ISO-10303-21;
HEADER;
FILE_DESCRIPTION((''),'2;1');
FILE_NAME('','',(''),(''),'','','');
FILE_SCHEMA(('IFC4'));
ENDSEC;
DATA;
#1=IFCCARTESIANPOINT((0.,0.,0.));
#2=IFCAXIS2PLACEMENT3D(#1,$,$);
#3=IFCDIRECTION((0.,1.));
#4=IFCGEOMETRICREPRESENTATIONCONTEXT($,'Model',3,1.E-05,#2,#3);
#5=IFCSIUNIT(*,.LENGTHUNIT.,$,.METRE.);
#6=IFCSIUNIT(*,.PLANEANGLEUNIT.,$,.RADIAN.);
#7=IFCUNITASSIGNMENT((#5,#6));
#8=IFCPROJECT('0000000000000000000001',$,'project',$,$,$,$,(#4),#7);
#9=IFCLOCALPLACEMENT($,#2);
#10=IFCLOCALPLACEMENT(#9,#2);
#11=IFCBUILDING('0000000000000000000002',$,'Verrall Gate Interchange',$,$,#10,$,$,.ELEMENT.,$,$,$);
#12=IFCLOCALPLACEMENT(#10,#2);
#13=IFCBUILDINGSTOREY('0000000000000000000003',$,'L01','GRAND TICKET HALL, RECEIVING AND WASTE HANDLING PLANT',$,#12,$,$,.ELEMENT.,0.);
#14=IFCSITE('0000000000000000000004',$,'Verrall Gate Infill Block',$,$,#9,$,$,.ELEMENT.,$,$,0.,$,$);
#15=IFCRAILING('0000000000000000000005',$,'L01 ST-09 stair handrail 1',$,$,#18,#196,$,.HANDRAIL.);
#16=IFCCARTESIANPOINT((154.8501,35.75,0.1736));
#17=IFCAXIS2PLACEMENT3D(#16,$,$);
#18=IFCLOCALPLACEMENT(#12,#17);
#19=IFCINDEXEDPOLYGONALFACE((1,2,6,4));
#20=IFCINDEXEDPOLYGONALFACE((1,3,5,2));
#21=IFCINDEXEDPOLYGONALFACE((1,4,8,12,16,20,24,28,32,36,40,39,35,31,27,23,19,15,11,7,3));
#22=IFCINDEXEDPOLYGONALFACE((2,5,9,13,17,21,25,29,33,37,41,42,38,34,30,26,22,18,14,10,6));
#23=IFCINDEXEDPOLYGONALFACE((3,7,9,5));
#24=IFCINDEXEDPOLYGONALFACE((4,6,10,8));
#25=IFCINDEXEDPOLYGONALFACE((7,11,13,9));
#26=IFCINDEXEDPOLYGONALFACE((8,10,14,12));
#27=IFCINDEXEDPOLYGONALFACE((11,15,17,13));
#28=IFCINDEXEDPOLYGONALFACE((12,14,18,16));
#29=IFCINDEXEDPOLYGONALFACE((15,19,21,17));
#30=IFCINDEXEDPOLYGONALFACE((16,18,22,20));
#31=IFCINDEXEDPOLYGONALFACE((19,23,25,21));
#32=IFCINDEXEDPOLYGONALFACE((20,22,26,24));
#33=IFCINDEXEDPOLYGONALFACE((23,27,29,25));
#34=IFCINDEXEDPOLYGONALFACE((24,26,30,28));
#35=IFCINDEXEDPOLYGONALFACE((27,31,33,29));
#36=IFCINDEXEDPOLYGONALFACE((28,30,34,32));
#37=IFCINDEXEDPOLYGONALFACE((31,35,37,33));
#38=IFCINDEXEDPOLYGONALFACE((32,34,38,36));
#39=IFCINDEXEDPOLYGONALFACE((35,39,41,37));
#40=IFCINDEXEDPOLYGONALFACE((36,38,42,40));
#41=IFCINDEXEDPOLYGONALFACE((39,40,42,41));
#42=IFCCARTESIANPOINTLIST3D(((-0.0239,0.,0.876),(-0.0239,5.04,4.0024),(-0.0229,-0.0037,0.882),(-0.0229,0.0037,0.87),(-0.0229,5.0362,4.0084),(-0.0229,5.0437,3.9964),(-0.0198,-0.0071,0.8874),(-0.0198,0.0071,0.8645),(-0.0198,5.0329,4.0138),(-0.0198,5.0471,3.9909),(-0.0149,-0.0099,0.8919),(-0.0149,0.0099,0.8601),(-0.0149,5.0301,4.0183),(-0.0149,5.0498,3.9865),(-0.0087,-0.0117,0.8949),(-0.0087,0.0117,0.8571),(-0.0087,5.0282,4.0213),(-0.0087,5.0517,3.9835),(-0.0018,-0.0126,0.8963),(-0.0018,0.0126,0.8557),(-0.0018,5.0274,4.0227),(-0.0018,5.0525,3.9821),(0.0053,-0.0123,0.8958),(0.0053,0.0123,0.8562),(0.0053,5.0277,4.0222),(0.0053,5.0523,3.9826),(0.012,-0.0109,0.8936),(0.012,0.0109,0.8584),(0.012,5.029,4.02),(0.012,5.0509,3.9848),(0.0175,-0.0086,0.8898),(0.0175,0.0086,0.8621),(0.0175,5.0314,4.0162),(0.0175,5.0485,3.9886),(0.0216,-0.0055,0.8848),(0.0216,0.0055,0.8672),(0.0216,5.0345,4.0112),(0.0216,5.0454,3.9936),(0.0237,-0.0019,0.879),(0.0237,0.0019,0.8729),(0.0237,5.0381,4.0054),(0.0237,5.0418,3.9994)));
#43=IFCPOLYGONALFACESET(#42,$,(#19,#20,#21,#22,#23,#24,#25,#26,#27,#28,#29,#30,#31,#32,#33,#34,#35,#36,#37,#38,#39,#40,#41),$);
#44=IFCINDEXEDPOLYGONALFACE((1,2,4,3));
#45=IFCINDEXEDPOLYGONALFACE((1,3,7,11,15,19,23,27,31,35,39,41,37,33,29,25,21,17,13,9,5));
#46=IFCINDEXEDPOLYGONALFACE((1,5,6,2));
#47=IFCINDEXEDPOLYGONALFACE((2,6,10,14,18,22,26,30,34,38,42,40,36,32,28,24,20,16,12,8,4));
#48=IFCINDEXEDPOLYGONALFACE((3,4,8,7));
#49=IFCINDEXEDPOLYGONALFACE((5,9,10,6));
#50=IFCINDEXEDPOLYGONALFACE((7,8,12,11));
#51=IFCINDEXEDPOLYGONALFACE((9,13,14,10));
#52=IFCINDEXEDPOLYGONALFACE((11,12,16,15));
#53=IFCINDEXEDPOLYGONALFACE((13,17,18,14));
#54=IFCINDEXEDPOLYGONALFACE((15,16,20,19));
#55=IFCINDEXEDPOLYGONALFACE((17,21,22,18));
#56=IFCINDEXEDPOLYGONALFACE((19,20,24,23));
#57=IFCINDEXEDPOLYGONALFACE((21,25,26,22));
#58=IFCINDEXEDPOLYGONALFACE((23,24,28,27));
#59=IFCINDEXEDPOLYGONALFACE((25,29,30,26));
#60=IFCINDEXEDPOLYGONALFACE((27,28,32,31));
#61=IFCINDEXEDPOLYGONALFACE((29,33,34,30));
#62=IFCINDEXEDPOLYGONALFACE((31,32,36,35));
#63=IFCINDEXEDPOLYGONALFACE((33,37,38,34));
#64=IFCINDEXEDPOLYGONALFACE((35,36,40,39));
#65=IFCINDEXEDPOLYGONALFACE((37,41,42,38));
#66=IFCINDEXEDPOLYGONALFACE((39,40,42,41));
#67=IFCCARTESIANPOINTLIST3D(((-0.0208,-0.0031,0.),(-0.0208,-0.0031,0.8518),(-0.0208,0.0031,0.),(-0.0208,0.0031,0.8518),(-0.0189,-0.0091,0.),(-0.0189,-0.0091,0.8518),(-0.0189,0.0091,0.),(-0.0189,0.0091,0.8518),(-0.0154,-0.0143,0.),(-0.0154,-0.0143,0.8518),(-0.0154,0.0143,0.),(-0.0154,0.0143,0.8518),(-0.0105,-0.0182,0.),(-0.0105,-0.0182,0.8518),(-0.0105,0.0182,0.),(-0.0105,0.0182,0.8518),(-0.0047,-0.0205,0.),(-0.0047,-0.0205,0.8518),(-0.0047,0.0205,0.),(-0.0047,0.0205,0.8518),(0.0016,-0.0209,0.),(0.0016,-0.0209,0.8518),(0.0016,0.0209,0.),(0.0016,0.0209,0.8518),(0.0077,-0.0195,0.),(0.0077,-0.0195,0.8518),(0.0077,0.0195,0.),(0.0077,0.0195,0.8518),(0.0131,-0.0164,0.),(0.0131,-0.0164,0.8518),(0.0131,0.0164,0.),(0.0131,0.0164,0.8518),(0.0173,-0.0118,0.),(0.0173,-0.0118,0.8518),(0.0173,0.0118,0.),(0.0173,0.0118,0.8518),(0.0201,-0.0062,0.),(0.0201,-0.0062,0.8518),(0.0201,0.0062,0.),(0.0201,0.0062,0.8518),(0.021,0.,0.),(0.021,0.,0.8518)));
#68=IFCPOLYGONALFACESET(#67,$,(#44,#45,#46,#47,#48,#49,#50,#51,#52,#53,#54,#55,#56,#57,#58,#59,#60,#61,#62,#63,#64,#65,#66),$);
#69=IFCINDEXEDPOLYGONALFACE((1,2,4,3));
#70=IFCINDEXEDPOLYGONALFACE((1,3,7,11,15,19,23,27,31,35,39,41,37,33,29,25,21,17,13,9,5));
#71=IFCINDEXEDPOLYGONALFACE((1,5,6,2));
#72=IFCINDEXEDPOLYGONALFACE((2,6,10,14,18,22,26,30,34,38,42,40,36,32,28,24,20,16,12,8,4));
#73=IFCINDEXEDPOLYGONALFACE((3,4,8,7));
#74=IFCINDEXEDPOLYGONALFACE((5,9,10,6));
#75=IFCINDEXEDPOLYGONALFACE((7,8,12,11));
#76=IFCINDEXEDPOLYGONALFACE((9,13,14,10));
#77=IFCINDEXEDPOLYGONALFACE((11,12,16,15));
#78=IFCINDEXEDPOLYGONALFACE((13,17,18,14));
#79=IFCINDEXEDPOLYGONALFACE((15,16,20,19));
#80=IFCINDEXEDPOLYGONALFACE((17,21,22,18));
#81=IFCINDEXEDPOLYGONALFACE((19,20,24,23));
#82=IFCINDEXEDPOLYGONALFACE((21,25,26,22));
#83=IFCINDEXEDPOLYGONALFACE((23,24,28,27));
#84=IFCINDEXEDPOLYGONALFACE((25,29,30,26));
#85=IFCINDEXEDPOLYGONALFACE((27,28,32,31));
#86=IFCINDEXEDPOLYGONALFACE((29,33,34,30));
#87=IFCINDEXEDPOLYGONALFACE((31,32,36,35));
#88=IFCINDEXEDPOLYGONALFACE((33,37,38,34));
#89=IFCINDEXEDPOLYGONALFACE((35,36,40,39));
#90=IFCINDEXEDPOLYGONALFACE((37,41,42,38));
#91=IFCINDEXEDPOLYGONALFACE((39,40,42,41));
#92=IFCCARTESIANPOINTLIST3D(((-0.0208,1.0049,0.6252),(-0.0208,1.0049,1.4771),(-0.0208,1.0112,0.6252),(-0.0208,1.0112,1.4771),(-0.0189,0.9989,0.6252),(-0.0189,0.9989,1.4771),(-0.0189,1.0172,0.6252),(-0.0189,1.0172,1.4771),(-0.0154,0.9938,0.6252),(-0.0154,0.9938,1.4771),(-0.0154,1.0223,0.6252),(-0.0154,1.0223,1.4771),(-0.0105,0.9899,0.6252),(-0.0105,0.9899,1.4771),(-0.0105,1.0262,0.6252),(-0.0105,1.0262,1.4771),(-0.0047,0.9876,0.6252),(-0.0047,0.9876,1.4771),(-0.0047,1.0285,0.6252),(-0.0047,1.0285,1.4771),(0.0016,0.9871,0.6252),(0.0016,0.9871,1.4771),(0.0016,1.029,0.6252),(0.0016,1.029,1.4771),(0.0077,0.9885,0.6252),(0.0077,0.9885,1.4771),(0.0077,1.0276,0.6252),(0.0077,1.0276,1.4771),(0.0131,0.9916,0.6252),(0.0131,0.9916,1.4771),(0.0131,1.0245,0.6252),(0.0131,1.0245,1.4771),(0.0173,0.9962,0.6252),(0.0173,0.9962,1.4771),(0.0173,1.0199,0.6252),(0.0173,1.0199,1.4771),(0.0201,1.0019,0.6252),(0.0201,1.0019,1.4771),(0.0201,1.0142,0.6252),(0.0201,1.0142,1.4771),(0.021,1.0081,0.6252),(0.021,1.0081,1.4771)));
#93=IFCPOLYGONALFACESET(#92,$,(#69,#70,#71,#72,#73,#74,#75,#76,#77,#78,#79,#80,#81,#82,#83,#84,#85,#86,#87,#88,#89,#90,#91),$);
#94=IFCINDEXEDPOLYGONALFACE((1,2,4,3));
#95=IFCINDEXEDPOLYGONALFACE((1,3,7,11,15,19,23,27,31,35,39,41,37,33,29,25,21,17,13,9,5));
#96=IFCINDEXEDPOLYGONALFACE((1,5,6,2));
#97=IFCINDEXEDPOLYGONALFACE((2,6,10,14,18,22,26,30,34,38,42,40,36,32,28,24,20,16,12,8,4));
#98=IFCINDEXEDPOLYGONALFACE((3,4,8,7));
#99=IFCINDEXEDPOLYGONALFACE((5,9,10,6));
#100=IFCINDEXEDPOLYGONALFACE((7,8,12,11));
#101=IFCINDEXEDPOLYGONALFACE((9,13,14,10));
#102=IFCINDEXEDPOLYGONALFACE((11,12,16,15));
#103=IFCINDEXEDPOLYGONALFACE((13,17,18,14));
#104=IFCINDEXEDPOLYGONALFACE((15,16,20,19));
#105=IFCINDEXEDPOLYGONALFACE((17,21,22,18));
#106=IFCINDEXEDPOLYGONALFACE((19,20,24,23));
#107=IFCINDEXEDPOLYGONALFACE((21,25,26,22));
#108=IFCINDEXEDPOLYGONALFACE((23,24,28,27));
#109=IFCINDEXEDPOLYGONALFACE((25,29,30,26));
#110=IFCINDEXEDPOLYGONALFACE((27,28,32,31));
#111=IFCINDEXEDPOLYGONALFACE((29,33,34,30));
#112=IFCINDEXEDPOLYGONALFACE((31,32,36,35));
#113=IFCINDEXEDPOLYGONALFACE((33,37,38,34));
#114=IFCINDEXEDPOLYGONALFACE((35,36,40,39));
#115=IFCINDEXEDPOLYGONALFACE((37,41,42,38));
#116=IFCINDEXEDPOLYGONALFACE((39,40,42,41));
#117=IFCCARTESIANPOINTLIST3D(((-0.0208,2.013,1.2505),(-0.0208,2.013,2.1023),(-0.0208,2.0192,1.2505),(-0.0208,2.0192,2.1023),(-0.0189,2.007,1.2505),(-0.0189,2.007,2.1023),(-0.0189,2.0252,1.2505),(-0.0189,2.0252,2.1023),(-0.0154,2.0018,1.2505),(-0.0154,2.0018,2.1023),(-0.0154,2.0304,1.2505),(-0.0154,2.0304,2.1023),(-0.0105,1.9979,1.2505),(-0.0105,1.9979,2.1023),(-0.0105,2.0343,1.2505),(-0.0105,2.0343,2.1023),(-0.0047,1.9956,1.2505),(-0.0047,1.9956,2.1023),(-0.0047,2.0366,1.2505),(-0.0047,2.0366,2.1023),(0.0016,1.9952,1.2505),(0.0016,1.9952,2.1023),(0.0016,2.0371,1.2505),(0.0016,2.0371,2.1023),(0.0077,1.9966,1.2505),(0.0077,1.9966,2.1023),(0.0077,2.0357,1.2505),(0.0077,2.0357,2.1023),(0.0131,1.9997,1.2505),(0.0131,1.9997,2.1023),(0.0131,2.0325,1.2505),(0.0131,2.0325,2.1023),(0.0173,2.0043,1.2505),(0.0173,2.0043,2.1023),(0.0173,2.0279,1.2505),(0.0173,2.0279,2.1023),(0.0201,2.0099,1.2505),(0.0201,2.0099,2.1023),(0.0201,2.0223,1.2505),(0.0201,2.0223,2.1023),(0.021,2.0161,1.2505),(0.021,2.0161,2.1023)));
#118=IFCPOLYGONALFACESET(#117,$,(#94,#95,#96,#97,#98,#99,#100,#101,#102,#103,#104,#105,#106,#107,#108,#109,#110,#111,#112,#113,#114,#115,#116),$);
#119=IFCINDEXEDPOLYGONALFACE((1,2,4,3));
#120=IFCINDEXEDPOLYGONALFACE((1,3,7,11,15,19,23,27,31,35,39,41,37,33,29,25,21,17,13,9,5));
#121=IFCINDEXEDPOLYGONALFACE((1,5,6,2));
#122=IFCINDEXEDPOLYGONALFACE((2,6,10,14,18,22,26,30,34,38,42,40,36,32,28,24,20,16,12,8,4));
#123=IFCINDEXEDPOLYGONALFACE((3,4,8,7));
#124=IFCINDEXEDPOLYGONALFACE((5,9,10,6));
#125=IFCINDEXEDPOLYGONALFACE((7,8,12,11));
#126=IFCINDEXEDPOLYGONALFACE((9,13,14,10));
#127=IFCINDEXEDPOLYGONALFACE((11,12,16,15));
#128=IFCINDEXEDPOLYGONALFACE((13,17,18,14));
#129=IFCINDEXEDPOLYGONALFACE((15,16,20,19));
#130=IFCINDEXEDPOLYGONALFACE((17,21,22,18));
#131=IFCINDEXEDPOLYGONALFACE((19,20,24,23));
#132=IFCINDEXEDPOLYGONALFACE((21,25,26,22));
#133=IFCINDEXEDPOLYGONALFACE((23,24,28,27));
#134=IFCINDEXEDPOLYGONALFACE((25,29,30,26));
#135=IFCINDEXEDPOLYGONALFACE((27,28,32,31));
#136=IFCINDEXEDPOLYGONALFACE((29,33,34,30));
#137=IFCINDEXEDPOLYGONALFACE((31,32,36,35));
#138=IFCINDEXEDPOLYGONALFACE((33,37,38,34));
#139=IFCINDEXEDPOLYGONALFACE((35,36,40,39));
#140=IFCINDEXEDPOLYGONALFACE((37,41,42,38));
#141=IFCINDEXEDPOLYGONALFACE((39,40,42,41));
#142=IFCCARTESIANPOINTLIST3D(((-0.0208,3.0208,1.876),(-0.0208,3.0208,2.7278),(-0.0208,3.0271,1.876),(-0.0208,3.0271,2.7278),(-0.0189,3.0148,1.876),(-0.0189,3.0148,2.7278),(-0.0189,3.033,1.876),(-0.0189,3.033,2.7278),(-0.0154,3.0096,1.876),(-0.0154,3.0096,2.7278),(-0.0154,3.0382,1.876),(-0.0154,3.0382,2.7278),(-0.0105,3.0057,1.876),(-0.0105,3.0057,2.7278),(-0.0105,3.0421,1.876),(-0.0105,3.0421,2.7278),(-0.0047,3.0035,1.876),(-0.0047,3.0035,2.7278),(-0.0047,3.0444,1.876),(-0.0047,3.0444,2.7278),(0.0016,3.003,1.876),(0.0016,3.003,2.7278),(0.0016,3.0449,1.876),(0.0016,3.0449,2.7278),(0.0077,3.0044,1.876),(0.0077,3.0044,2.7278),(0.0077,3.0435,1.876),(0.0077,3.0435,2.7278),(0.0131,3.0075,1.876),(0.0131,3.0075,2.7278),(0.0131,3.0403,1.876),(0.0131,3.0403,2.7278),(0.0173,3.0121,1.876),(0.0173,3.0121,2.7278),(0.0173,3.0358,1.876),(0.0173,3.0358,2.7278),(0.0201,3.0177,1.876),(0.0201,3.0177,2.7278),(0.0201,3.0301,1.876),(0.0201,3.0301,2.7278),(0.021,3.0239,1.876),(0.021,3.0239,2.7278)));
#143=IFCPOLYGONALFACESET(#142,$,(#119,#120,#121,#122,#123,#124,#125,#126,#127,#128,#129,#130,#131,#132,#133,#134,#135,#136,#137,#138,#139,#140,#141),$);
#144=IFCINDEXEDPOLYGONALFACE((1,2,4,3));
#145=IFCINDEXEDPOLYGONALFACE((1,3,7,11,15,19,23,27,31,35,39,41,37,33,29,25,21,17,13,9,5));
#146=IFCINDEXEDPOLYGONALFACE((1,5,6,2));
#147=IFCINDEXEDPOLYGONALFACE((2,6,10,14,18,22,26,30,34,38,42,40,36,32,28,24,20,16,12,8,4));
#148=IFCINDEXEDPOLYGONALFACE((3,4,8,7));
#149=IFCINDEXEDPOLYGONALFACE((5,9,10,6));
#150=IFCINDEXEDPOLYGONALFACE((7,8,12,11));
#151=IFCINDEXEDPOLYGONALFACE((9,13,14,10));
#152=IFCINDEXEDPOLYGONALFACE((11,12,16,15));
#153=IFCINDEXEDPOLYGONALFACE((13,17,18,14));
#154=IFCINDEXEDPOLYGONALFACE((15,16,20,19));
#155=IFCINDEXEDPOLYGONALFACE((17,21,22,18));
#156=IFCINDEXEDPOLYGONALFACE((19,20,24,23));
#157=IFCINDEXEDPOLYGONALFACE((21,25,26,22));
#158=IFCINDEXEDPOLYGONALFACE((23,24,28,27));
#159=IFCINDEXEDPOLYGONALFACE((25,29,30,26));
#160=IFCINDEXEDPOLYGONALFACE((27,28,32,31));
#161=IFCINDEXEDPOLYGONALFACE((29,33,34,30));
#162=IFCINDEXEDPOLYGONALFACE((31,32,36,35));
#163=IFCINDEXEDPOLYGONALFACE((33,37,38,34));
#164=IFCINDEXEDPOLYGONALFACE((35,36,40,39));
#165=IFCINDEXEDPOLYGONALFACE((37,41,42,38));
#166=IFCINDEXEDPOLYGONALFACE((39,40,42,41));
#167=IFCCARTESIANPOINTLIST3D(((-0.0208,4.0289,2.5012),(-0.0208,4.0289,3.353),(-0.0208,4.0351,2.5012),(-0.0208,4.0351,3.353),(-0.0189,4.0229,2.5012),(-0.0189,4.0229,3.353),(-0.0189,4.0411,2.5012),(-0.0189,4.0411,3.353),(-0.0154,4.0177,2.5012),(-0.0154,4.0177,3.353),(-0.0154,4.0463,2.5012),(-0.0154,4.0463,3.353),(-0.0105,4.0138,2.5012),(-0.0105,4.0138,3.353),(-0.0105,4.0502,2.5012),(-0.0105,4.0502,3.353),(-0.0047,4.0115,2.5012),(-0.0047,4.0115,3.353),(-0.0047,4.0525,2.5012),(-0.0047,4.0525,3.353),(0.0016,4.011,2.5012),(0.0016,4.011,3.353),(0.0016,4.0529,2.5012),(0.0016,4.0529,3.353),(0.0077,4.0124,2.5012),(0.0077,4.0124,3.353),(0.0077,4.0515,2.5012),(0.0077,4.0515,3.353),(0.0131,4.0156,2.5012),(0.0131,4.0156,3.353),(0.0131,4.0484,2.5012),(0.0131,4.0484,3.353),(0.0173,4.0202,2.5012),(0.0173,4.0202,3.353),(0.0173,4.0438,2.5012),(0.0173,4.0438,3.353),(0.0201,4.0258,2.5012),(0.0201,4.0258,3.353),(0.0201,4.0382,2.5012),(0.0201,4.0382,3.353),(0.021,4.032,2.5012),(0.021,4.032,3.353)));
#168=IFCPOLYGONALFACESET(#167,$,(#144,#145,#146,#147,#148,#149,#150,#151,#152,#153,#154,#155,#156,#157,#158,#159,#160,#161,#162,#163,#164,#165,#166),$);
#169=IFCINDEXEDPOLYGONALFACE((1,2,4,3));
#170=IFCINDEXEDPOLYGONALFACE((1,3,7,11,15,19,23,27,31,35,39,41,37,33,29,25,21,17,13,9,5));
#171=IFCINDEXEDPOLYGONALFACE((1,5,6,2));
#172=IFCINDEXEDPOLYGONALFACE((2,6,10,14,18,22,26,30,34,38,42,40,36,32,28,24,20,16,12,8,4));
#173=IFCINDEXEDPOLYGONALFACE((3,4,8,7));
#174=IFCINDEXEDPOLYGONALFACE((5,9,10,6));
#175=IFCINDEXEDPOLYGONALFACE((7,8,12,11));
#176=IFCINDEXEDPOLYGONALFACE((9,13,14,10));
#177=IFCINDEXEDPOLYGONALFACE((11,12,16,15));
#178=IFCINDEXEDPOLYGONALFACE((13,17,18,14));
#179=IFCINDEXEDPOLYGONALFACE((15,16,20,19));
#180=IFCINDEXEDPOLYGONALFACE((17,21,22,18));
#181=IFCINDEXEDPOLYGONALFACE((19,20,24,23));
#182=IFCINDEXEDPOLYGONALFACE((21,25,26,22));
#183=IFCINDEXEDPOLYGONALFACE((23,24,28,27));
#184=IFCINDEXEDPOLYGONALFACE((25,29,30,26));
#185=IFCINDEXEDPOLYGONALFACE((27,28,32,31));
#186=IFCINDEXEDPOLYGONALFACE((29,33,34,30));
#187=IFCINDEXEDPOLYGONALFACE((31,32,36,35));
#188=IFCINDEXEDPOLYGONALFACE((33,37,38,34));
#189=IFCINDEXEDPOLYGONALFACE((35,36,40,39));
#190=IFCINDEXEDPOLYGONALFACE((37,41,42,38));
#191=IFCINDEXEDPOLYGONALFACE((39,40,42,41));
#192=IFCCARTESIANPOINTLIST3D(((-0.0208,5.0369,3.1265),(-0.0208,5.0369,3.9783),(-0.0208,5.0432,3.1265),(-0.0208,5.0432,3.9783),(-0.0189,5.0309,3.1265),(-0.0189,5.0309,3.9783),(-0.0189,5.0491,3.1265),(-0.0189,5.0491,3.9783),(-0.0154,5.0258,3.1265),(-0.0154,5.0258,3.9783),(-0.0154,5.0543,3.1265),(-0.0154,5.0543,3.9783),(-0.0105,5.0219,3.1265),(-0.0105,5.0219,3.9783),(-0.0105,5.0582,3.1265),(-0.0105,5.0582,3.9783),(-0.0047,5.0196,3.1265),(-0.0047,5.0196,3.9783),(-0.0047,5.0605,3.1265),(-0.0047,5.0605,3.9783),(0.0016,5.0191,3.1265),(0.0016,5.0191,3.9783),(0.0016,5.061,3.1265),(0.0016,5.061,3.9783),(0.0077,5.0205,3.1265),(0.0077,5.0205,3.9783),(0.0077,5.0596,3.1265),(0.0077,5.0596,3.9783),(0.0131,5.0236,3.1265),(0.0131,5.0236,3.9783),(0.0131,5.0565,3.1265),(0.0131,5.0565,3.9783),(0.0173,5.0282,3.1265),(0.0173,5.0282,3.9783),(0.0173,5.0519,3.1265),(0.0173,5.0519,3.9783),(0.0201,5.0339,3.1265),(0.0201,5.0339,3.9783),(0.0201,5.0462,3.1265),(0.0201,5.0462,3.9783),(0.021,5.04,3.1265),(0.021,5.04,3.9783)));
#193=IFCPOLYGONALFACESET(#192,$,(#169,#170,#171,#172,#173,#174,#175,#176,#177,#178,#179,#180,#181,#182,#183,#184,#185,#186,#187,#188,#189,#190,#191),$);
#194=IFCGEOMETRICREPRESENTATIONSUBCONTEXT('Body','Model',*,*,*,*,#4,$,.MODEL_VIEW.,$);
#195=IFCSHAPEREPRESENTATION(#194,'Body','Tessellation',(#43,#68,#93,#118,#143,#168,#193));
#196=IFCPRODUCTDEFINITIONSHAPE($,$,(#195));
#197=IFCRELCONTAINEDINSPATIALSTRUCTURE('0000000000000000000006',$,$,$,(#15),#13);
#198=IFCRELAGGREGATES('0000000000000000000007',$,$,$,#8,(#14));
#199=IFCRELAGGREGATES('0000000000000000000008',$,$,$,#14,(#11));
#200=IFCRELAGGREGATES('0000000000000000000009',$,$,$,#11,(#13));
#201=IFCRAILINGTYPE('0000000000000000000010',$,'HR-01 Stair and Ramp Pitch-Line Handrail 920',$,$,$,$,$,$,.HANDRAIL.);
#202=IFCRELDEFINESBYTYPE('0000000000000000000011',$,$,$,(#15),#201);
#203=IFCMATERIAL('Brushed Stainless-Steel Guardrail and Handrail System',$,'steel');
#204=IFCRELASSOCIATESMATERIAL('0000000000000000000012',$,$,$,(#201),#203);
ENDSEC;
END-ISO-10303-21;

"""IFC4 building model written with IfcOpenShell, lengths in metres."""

from ifc_helpers import new_model, si_unit, direction, frame, origin, origin_2d, place, context, subcontext, project, spatial, circle, extrude, material, type_object, element, save


model = new_model("IFC4")

# Units and contexts
model_context = context("Model", 3, precision=1e-05, world=origin(), true_north=direction((0.0, 1.0)))
body_context = subcontext(model_context, "Body", "Model", "MODEL_VIEW")
ifc_project = project(units=[si_unit("LENGTHUNIT", "METRE"), si_unit("PLANEANGLEUNIT", "RADIAN")], contexts=[model_context])

# Site, building, storey
site_placement = place(None, origin())
site = spatial("IfcSite", under=ifc_project, at=site_placement, Name="Verrall Gate Infill Block", CompositionType="ELEMENT", RefElevation=0.0)
building_placement = place(site_placement, origin())
building = spatial("IfcBuilding", under=site, at=building_placement, Name="Verrall Gate Interchange", CompositionType="ELEMENT")
storey_placement = place(building_placement, origin())
storey = spatial("IfcBuildingStorey", under=building, at=storey_placement, Name="L01", Description="GRAND TICKET HALL, RECEIVING AND WASTE HANDLING PLANT", CompositionType="ELEMENT", Elevation=0.0)

# Railing
ifc_material_1 = material(Name="Brushed Stainless-Steel Guardrail and Handrail System", Category="steel")
railing_type_1 = type_object("IfcRailingType", Name="HR-01 Stair and Ramp Pitch-Line Handrail 920", PredefinedType="HANDRAIL", material=ifc_material_1)
railing_1_placement = place(storey_placement, frame((154.8501, 35.75, 0.1736)))
element("IfcRailing", 1, at=railing_1_placement, inside=storey, type_object=railing_type_1, Name="L01 ST-09 stair handrail 1", PredefinedType="HANDRAIL", context=body_context, shape_type="SweptSolid", body=[
    extrude(circle(Radius=0.0239, at=origin_2d()), frame((0.0, 0.0, 0.876), z_axis=(0.0, 0.849779, 0.527139), x_axis=(-1.0, 0.0, 0.0)), (0.0, 0.0, 1.0), 5.9309),
    extrude(circle(Radius=0.021, at=origin_2d()), origin(), (0.0, 0.0, 1.0), 0.8518),
    extrude(circle(Radius=0.021, at=origin_2d()), frame((0.0, 1.0081, 0.6252)), (0.0, 0.0, 1.0), 0.8518),
    extrude(circle(Radius=0.021, at=origin_2d()), frame((0.0, 2.0161, 1.2505)), (0.0, 0.0, 1.0), 0.8518),
    extrude(circle(Radius=0.021, at=origin_2d()), frame((0.0, 3.0239, 1.876)), (0.0, 0.0, 1.0), 0.8518),
    extrude(circle(Radius=0.021, at=origin_2d()), frame((0.0, 4.032, 2.5012)), (0.0, 0.0, 1.0), 0.8518),
    extrude(circle(Radius=0.021, at=origin_2d()), frame((0.0, 5.04, 3.1265)), (0.0, 0.0, 1.0), 0.8518),
])

save(model, "model.ifc")
